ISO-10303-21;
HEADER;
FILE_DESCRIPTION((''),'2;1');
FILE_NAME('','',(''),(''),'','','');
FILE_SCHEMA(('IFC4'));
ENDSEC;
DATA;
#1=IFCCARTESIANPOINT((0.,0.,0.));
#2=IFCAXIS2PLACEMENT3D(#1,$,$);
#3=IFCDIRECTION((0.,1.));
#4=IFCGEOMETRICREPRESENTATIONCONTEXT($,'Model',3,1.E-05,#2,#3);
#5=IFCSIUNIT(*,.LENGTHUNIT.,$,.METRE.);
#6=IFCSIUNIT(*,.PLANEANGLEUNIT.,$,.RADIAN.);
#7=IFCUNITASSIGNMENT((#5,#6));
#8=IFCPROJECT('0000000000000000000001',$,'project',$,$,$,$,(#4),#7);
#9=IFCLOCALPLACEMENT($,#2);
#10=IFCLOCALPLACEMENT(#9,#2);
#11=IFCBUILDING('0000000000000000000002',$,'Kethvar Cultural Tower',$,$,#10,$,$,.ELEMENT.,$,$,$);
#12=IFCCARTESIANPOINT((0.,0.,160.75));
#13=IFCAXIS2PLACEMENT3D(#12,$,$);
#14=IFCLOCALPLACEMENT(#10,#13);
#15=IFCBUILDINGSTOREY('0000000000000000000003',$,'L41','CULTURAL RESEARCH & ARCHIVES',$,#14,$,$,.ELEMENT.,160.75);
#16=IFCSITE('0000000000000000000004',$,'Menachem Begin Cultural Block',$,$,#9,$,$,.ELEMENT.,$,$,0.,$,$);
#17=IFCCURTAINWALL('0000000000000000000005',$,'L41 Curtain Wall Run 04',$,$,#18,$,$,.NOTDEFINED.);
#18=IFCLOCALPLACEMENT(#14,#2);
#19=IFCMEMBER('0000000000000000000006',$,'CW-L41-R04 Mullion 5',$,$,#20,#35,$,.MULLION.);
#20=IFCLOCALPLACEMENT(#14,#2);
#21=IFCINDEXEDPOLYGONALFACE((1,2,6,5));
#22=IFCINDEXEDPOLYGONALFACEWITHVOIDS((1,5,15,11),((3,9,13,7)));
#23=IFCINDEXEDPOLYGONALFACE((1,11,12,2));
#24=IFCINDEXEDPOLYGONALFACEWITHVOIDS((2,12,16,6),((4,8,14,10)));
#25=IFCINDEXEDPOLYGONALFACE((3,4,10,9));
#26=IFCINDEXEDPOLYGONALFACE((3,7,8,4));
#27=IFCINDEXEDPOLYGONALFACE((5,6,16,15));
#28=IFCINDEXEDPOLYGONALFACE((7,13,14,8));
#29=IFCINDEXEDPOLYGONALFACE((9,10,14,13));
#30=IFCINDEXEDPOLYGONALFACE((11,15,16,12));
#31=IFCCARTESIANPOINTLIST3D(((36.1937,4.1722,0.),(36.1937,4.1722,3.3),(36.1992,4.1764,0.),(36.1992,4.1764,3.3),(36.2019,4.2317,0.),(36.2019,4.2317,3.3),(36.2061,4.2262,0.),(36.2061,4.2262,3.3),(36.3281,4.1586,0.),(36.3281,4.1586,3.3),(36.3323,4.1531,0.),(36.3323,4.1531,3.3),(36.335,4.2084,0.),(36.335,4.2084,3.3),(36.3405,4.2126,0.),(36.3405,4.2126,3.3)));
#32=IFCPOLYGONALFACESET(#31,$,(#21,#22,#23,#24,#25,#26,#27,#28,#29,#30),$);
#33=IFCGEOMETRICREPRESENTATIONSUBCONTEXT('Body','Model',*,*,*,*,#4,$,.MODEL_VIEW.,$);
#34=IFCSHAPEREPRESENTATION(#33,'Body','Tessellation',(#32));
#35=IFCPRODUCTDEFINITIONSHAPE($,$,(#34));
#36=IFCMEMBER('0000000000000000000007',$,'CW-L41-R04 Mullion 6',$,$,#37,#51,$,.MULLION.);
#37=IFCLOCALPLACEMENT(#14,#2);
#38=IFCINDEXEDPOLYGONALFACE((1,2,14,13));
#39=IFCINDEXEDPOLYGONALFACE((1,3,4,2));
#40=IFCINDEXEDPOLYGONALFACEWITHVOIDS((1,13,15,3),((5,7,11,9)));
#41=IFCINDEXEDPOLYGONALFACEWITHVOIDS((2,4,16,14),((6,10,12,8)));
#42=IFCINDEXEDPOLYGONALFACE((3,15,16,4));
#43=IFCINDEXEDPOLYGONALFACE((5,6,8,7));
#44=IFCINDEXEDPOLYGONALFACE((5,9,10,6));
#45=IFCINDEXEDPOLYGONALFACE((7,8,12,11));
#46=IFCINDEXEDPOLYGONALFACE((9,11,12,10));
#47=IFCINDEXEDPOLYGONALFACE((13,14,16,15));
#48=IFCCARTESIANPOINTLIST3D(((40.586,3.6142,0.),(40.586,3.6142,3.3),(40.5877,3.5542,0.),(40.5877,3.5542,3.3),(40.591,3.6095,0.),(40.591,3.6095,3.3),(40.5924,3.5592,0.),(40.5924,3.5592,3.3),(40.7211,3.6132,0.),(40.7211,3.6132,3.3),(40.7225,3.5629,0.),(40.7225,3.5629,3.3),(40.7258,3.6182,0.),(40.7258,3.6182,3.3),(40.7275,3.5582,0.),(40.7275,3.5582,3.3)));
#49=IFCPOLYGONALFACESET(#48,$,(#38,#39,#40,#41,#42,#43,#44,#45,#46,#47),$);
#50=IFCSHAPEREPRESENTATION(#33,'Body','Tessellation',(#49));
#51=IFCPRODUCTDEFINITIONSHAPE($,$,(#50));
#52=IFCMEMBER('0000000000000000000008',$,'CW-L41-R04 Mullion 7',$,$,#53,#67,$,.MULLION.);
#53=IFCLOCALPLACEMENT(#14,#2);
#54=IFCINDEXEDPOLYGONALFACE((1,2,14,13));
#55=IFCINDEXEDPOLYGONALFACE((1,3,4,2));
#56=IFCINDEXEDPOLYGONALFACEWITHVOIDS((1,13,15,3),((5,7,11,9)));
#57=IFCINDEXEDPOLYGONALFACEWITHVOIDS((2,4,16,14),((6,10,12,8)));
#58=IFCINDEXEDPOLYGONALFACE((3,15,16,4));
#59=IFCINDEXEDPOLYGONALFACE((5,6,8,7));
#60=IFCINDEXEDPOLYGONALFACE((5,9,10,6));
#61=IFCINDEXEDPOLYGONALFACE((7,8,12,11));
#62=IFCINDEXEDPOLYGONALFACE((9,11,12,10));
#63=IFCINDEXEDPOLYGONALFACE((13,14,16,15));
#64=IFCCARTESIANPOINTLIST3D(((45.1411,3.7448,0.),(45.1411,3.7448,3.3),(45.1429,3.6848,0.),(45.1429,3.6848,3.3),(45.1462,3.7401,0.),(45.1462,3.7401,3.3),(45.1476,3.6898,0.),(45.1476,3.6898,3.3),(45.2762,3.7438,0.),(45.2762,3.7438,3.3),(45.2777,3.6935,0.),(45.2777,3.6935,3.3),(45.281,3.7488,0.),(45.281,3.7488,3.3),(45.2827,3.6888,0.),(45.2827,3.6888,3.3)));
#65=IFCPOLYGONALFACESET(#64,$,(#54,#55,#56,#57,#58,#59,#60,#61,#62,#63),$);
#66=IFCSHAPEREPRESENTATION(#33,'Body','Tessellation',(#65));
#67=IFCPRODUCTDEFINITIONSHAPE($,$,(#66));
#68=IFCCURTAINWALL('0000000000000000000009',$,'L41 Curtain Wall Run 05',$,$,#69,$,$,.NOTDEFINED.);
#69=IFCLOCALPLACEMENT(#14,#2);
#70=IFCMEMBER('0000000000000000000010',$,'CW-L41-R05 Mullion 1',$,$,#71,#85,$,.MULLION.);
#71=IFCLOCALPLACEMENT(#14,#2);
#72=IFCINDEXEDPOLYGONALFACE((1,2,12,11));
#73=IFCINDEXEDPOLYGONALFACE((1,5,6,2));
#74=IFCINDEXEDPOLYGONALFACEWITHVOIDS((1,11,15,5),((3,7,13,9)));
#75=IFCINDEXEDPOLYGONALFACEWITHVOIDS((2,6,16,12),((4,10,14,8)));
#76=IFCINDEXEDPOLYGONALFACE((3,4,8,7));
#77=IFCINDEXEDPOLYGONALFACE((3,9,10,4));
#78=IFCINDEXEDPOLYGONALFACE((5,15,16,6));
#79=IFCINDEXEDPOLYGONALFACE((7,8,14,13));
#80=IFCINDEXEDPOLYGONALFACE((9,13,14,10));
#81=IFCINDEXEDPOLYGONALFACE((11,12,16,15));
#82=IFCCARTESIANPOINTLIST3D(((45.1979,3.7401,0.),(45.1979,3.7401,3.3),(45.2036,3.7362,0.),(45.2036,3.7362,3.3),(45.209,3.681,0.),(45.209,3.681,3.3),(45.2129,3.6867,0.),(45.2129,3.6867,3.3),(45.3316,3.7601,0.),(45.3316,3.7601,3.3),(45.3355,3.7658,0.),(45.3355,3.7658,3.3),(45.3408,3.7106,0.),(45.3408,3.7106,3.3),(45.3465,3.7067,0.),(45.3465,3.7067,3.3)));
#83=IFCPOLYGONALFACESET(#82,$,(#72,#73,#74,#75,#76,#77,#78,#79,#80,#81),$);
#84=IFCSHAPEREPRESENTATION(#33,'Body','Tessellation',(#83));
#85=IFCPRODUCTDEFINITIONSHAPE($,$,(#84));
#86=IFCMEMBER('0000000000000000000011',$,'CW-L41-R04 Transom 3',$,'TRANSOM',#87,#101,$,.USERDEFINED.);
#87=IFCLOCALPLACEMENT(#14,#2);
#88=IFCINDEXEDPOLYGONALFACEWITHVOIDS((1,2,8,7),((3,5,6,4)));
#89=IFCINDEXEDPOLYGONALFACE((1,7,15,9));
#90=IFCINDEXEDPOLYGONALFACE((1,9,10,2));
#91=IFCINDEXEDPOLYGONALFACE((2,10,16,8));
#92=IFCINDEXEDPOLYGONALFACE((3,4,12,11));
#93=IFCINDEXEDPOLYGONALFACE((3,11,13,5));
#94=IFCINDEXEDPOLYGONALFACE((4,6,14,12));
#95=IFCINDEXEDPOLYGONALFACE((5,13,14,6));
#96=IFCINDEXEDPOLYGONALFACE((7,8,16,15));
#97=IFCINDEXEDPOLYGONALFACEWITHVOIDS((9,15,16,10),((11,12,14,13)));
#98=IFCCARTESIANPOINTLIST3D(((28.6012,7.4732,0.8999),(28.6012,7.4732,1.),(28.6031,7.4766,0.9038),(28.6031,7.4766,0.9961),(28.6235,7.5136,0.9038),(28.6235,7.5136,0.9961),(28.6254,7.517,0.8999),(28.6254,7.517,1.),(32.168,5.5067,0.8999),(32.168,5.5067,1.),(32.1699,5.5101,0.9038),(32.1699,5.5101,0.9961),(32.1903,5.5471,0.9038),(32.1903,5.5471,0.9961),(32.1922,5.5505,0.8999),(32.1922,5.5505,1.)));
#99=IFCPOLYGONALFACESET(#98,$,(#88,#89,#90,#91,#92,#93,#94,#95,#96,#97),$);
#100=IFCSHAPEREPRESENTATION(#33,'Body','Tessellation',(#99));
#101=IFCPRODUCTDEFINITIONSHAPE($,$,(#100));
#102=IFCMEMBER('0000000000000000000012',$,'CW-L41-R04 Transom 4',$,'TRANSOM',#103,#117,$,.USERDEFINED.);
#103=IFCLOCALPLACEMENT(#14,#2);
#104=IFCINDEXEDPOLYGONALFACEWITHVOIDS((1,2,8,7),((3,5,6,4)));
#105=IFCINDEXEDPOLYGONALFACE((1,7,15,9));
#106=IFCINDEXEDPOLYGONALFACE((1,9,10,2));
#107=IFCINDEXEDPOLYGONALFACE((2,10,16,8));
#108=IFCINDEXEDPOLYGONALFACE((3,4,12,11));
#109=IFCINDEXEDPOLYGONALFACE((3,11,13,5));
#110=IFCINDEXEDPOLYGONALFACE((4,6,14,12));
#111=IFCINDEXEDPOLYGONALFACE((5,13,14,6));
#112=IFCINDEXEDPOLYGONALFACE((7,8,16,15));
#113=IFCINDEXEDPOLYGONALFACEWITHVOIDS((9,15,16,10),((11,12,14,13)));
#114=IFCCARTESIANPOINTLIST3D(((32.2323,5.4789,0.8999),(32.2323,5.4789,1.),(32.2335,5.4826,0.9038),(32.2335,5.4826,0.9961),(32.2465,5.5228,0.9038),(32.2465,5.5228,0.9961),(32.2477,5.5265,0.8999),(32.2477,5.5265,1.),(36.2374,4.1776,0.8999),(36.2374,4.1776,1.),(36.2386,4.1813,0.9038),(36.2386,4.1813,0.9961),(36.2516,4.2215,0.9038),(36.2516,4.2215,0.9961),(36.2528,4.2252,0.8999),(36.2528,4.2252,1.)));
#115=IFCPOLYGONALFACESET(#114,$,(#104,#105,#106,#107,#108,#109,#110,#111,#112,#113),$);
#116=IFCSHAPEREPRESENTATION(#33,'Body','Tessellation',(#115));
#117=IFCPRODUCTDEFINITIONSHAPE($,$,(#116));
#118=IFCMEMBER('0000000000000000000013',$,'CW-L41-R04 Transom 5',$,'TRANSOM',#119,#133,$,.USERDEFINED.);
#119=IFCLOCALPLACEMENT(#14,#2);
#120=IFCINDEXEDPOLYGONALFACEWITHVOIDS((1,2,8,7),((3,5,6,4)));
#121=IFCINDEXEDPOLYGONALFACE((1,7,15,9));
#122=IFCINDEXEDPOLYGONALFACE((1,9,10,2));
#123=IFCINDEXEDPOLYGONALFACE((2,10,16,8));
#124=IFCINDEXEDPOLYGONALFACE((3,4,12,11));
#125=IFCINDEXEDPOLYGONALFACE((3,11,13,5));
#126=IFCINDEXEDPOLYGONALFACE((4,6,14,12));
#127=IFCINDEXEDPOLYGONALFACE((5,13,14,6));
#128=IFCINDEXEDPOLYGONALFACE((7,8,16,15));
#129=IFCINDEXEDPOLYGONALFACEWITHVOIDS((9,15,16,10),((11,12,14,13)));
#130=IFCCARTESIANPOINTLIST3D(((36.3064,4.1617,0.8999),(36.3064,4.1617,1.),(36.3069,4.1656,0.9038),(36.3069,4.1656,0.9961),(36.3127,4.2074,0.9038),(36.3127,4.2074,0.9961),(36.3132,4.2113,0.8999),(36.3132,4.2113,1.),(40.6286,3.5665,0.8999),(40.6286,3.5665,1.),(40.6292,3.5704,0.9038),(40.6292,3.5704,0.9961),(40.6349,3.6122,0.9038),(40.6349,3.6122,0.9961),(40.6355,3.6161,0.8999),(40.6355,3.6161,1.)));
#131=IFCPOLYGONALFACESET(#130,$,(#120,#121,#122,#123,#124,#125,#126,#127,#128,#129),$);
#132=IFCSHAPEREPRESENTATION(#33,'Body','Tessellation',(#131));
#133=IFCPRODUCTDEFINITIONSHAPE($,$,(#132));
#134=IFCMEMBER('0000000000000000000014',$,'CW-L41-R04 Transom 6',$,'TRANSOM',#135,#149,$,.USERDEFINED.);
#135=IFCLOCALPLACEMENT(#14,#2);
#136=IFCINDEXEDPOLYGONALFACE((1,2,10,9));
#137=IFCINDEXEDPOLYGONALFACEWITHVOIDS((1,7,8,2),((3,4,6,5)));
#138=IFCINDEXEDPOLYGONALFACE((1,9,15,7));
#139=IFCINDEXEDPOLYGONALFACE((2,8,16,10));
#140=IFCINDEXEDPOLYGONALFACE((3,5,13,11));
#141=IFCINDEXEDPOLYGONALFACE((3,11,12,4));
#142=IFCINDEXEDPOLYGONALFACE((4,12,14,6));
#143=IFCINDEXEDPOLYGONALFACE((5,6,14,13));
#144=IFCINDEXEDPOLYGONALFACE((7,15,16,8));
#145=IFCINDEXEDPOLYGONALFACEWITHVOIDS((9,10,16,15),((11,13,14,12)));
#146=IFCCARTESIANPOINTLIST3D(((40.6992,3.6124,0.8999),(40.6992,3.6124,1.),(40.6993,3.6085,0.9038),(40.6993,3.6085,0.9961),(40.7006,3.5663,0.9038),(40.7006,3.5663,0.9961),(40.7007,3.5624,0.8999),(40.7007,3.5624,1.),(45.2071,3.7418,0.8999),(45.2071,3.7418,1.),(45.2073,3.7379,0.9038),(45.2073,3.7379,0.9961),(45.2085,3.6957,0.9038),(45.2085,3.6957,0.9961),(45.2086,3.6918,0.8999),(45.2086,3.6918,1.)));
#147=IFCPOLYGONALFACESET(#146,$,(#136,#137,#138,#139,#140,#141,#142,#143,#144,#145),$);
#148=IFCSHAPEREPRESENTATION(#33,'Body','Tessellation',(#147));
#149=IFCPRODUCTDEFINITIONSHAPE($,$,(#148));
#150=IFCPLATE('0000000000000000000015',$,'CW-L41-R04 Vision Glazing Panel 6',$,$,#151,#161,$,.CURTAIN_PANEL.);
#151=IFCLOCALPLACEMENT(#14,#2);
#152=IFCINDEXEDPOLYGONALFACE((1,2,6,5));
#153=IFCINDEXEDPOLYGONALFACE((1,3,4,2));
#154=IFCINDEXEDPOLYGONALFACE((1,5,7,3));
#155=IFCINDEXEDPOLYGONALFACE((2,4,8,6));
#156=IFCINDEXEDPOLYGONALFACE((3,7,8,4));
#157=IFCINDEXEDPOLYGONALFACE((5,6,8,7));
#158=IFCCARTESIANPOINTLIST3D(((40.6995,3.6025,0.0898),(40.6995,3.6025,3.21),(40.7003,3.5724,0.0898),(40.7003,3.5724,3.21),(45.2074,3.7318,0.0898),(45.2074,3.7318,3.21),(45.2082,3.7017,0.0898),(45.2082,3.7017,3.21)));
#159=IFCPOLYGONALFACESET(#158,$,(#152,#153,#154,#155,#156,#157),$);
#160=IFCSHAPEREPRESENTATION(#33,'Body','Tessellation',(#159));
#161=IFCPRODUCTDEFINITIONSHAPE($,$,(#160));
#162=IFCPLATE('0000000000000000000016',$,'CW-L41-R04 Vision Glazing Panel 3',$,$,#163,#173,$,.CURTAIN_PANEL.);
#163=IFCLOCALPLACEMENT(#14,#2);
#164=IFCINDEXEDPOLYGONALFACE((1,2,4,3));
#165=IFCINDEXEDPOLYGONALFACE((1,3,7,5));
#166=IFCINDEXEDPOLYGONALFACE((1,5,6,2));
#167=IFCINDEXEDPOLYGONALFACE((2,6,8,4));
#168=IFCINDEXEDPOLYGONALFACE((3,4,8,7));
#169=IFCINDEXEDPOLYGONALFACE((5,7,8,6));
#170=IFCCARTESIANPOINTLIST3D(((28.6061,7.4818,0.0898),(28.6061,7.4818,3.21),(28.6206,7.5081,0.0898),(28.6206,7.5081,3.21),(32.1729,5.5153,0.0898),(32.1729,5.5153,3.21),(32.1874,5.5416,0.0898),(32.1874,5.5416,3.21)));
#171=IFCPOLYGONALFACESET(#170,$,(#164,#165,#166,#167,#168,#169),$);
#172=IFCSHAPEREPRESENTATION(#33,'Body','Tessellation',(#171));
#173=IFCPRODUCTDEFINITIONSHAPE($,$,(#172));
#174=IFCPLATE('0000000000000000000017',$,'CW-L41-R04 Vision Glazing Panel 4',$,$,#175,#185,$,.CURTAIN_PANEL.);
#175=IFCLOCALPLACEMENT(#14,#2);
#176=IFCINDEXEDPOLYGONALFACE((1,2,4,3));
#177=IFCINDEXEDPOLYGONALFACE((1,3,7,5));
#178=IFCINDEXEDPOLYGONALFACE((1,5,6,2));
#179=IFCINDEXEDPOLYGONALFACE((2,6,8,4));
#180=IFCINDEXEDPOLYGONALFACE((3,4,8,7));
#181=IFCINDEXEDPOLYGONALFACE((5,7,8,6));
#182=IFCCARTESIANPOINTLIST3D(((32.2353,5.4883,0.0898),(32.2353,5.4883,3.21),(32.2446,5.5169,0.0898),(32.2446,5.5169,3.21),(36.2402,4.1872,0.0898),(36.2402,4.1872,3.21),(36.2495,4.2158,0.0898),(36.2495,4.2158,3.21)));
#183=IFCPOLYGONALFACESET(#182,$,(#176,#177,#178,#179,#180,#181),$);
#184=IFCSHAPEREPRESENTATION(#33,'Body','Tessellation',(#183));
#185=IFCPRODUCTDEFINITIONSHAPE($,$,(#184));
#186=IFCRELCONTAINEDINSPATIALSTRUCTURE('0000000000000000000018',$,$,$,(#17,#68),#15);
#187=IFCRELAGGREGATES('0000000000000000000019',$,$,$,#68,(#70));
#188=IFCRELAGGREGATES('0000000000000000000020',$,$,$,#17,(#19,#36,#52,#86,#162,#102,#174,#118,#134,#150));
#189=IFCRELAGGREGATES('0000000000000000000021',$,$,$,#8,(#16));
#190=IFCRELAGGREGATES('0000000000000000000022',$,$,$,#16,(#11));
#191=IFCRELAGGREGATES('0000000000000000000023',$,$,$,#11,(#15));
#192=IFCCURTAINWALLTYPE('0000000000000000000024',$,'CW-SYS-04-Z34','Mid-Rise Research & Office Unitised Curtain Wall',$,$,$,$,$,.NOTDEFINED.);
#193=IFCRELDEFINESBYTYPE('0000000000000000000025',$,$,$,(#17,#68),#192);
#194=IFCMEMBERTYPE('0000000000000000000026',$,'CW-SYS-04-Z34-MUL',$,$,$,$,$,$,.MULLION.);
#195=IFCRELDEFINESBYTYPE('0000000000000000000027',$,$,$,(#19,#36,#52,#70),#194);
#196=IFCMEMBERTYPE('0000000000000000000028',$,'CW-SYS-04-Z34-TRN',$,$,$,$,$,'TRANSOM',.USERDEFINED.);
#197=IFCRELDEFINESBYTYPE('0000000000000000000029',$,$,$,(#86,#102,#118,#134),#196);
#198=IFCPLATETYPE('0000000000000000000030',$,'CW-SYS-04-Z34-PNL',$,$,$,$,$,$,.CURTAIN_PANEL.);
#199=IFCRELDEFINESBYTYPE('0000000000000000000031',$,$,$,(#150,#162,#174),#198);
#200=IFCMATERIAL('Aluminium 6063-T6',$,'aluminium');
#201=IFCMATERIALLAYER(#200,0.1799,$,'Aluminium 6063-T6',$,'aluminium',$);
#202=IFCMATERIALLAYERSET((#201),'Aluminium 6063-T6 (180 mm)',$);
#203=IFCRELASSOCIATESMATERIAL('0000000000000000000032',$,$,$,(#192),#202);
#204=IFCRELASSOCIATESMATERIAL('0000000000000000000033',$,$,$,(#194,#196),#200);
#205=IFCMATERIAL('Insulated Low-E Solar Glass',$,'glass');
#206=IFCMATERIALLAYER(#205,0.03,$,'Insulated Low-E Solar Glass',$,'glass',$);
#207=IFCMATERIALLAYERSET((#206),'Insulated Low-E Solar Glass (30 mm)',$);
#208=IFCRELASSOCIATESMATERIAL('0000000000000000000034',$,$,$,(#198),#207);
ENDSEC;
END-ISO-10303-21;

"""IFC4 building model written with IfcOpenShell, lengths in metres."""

from ifc_helpers import new_model, si_unit, direction, frame, origin, origin_2d, place, context, subcontext, project, spatial, rectangle, hollow_rectangle, extrude, source, transform, mapped, material, layer, layer_set, material_profile, profile_set, type_object, element, aggregate, save


model = new_model("IFC4")

# Units and contexts
model_context = context("Model", 3, precision=1e-05, world=origin(), true_north=direction((0.0, 1.0)))
body_context = subcontext(model_context, "Body", "Model", "MODEL_VIEW")
ifc_project = project(units=[si_unit("LENGTHUNIT", "METRE"), si_unit("PLANEANGLEUNIT", "RADIAN")], contexts=[model_context])

# Site, building, storey
site_placement = place(None, origin())
site = spatial("IfcSite", under=ifc_project, at=site_placement, Name="Menachem Begin Cultural Block", CompositionType="ELEMENT", RefElevation=0.0)
building_placement = place(site_placement, origin())
building = spatial("IfcBuilding", under=site, at=building_placement, Name="Kethvar Cultural Tower", CompositionType="ELEMENT")
storey_placement = place(building_placement, frame((0.0, 0.0, 160.75)))
storey = spatial("IfcBuildingStorey", under=building, at=storey_placement, Name="L41", Description="CULTURAL RESEARCH & ARCHIVES", CompositionType="ELEMENT", Elevation=160.75)

# Curtain wall, members
ifc_material_1 = material(Name="Aluminium 6063-T6", Category="aluminium")
ifc_layer_1 = layer(ifc_material_1, 0.1799, Name="Aluminium 6063-T6", Category="aluminium")
ifc_layer_set_1 = layer_set([ifc_layer_1], Name="Aluminium 6063-T6 (180 mm)")
curtain_wall_type = type_object("IfcCurtainWallType", Name="CW-SYS-04-Z34", Description="Mid-Rise Research & Office Unitised Curtain Wall", PredefinedType="NOTDEFINED", material=ifc_layer_set_1)
curtain_wall_1_placement = place(storey_placement, origin())
curtain_wall_1 = element("IfcCurtainWall", 1, at=curtain_wall_1_placement, inside=storey, type_object=curtain_wall_type, Name="L41 Curtain Wall Run 04", PredefinedType="NOTDEFINED")
ifc_material_profile_1 = material_profile(ifc_material_1, hollow_rectangle(XDim=0.0601, YDim=0.1399, WallThickness=0.0049, at=origin_2d()), Name="Aluminium 6063-T6 — RHS140x60x5")
ifc_profile_set_1 = profile_set([ifc_material_profile_1], Name="Aluminium 6063-T6 — RHS140x60x5")
member_type_1 = type_object("IfcMemberType", Name="CW-SYS-04-Z34-MUL", PredefinedType="MULLION", material=ifc_profile_set_1)
shared_shape_1 = source(origin(), body_context, "Body", "SweptSolid", [
    extrude(hollow_rectangle(XDim=0.0601, YDim=0.1399, WallThickness=0.0049, at=origin_2d()), origin(), (0.0, 0.0, 1.0), 3.3),
])
member_1_placement = place(storey_placement, frame((36.2671, 4.1924, 0.0), z_axis=(0.0, 0.0, 1.0), x_axis=(0.136459, 0.990646, 0.0)))
member_1 = element("IfcMember", 2, at=member_1_placement, type_object=member_type_1, Name="CW-L41-R04 Mullion 5", PredefinedType="MULLION", context=body_context, shape_type="MappedRepresentation", body=[
    mapped(shared_shape_1, transform((0.0, 0.0, 0.0), scale=1.0)),
])
member_2_placement = place(storey_placement, frame((40.6567, 3.5862, 0.0), z_axis=(0.0, 0.0, 1.0), x_axis=(-0.028672, 0.999589, 0.0)))
member_2 = element("IfcMember", 3, at=member_2_placement, type_object=member_type_1, Name="CW-L41-R04 Mullion 6", PredefinedType="MULLION", context=body_context, shape_type="MappedRepresentation", body=[
    mapped(shared_shape_1, transform((0.0, 0.0, 0.0), scale=1.0)),
])
member_3_placement = place(storey_placement, frame((45.2119, 3.7168, 0.0), z_axis=(0.0, 0.0, 1.0), x_axis=(-0.028672, 0.999589, 0.0)))
member_3 = element("IfcMember", 4, at=member_3_placement, type_object=member_type_1, Name="CW-L41-R04 Mullion 7", PredefinedType="MULLION", context=body_context, shape_type="MappedRepresentation", body=[
    mapped(shared_shape_1, transform((0.0, 0.0, 0.0), scale=1.0)),
])

# Curtain wall, member
curtain_wall_2_placement = place(storey_placement, origin())
curtain_wall_2 = element("IfcCurtainWall", 5, at=curtain_wall_2_placement, inside=storey, type_object=curtain_wall_type, Name="L41 Curtain Wall Run 05", PredefinedType="NOTDEFINED")
member_4_placement = place(storey_placement, frame((45.2722, 3.7234, 0.0), z_axis=(0.0, 0.0, 1.0), x_axis=(-0.183608, 0.983, 0.0)))
member_4 = element("IfcMember", 6, at=member_4_placement, type_object=member_type_1, Name="CW-L41-R05 Mullion 1", PredefinedType="MULLION", context=body_context, shape_type="MappedRepresentation", body=[
    mapped(shared_shape_1, transform((0.0, 0.0, 0.0), scale=1.0)),
])
aggregate(curtain_wall_2, [member_4])

# Members
ifc_material_profile_2 = material_profile(ifc_material_1, hollow_rectangle(XDim=0.05, YDim=0.1001, WallThickness=0.0039, at=origin_2d()), Name="Aluminium 6063-T6 — RHS100x50x4")
ifc_profile_set_2 = profile_set([ifc_material_profile_2], Name="Aluminium 6063-T6 — RHS100x50x4")
member_type_2 = type_object("IfcMemberType", Name="CW-SYS-04-Z34-TRN", ElementType="TRANSOM", PredefinedType="USERDEFINED", material=ifc_profile_set_2)
shared_shape_2 = source(origin(), body_context, "Body", "SweptSolid", [
    extrude(hollow_rectangle(XDim=0.05, YDim=0.1001, WallThickness=0.0039, at=origin_2d()), origin(), (0.0, 0.0, 1.0), 4.073),
])
member_5_placement = place(storey_placement, frame((28.6133, 7.4951, 0.95), z_axis=(0.875722, -0.482816, 0.0), x_axis=(0.482816, 0.875722, 0.0)))
member_5 = element("IfcMember", 7, at=member_5_placement, type_object=member_type_2, Name="CW-L41-R04 Transom 3", ObjectType="TRANSOM", PredefinedType="USERDEFINED", context=body_context, shape_type="MappedRepresentation", body=[
    mapped(shared_shape_2, transform((0.0, 0.0, 0.0), scale=1.0)),
])
shared_shape_3 = source(origin(), body_context, "Body", "SweptSolid", [
    extrude(hollow_rectangle(XDim=0.05, YDim=0.1001, WallThickness=0.0039, at=origin_2d()), origin(), (0.0, 0.0, 1.0), 4.2112),
])
member_6_placement = place(storey_placement, frame((32.24, 5.5027, 0.95), z_axis=(0.951062, -0.309001, 0.0), x_axis=(0.309001, 0.951062, 0.0)))
member_6 = element("IfcMember", 8, at=member_6_placement, type_object=member_type_2, Name="CW-L41-R04 Transom 4", ObjectType="TRANSOM", PredefinedType="USERDEFINED", context=body_context, shape_type="MappedRepresentation", body=[
    mapped(shared_shape_3, transform((0.0, 0.0, 0.0), scale=1.0)),
])
shared_shape_4 = source(origin(), body_context, "Body", "SweptSolid", [
    extrude(hollow_rectangle(XDim=0.05, YDim=0.1001, WallThickness=0.0039, at=origin_2d()), origin(), (0.0, 0.0, 1.0), 4.363),
])
member_7_placement = place(storey_placement, frame((36.3098, 4.1865, 0.95), z_axis=(0.990651, -0.136422, 0.0), x_axis=(0.136422, 0.990651, 0.0)))
member_7 = element("IfcMember", 9, at=member_7_placement, type_object=member_type_2, Name="CW-L41-R04 Transom 5", ObjectType="TRANSOM", PredefinedType="USERDEFINED", context=body_context, shape_type="MappedRepresentation", body=[
    mapped(shared_shape_4, transform((0.0, 0.0, 0.0), scale=1.0)),
])
shared_shape_5 = source(origin(), body_context, "Body", "SweptSolid", [
    extrude(hollow_rectangle(XDim=0.05, YDim=0.1001, WallThickness=0.0039, at=origin_2d()), origin(), (0.0, 0.0, 1.0), 4.5098),
])
member_8_placement = place(storey_placement, frame((40.7, 3.5874, 0.95), z_axis=(0.999588, 0.028693, 0.0), x_axis=(-0.028693, 0.999588, 0.0)))
member_8 = element("IfcMember", 10, at=member_8_placement, type_object=member_type_2, Name="CW-L41-R04 Transom 6", ObjectType="TRANSOM", PredefinedType="USERDEFINED", context=body_context, shape_type="MappedRepresentation", body=[
    mapped(shared_shape_5, transform((0.0, 0.0, 0.0), scale=1.0)),
])

# Plates
ifc_material_2 = material(Name="Insulated Low-E Solar Glass", Category="glass")
ifc_layer_2 = layer(ifc_material_2, 0.03, Name="Insulated Low-E Solar Glass", Category="glass")
ifc_layer_set_2 = layer_set([ifc_layer_2], Name="Insulated Low-E Solar Glass (30 mm)")
plate_type = type_object("IfcPlateType", Name="CW-SYS-04-Z34-PNL", PredefinedType="CURTAIN_PANEL", material=ifc_layer_set_2)
shared_shape_6 = source(origin(), body_context, "Body", "SweptSolid", [
    extrude(rectangle(XDim=4.5098, YDim=0.03, at=origin_2d()), origin(), (0.0, 0.0, 1.0), 3.1201),
])
plate_1_placement = place(storey_placement, frame((42.9539, 3.6521, 0.0898), z_axis=(0.0, 0.0, 1.0), x_axis=(0.999589, 0.028672, 0.0)))
plate_1 = element("IfcPlate", 11, at=plate_1_placement, type_object=plate_type, Name="CW-L41-R04 Vision Glazing Panel 6", PredefinedType="CURTAIN_PANEL", context=body_context, shape_type="MappedRepresentation", body=[
    mapped(shared_shape_6, transform((0.0, 0.0, 0.0), scale=1.0)),
])
shared_shape_7 = source(origin(), body_context, "Body", "SweptSolid", [
    extrude(rectangle(XDim=4.073, YDim=0.03, at=origin_2d()), origin(), (0.0, 0.0, 1.0), 3.1201),
])
plate_2_placement = place(storey_placement, frame((30.3967, 6.5117, 0.0898), z_axis=(0.0, 0.0, 1.0), x_axis=(0.875726, -0.482809, 0.0)))
plate_2 = element("IfcPlate", 12, at=plate_2_placement, type_object=plate_type, Name="CW-L41-R04 Vision Glazing Panel 3", PredefinedType="CURTAIN_PANEL", context=body_context, shape_type="MappedRepresentation", body=[
    mapped(shared_shape_7, transform((0.0, 0.0, 0.0), scale=1.0)),
])
shared_shape_8 = source(origin(), body_context, "Body", "SweptSolid", [
    extrude(rectangle(XDim=4.2109, YDim=0.03, at=origin_2d()), origin(), (0.0, 0.0, 1.0), 3.1201),
])
plate_3_placement = place(storey_placement, frame((34.2424, 4.8521, 0.0898), z_axis=(0.0, 0.0, 1.0), x_axis=(0.951073, -0.308967, 0.0)))
plate_3 = element("IfcPlate", 13, at=plate_3_placement, type_object=plate_type, Name="CW-L41-R04 Vision Glazing Panel 4", PredefinedType="CURTAIN_PANEL", context=body_context, shape_type="MappedRepresentation", body=[
    mapped(shared_shape_8, transform((0.0, 0.0, 0.0), scale=1.0)),
])
aggregate(curtain_wall_1, [member_1, member_2, member_3, member_5, plate_2, member_6, plate_3, member_7, member_8, plate_1])

save(model, "model.ifc")
